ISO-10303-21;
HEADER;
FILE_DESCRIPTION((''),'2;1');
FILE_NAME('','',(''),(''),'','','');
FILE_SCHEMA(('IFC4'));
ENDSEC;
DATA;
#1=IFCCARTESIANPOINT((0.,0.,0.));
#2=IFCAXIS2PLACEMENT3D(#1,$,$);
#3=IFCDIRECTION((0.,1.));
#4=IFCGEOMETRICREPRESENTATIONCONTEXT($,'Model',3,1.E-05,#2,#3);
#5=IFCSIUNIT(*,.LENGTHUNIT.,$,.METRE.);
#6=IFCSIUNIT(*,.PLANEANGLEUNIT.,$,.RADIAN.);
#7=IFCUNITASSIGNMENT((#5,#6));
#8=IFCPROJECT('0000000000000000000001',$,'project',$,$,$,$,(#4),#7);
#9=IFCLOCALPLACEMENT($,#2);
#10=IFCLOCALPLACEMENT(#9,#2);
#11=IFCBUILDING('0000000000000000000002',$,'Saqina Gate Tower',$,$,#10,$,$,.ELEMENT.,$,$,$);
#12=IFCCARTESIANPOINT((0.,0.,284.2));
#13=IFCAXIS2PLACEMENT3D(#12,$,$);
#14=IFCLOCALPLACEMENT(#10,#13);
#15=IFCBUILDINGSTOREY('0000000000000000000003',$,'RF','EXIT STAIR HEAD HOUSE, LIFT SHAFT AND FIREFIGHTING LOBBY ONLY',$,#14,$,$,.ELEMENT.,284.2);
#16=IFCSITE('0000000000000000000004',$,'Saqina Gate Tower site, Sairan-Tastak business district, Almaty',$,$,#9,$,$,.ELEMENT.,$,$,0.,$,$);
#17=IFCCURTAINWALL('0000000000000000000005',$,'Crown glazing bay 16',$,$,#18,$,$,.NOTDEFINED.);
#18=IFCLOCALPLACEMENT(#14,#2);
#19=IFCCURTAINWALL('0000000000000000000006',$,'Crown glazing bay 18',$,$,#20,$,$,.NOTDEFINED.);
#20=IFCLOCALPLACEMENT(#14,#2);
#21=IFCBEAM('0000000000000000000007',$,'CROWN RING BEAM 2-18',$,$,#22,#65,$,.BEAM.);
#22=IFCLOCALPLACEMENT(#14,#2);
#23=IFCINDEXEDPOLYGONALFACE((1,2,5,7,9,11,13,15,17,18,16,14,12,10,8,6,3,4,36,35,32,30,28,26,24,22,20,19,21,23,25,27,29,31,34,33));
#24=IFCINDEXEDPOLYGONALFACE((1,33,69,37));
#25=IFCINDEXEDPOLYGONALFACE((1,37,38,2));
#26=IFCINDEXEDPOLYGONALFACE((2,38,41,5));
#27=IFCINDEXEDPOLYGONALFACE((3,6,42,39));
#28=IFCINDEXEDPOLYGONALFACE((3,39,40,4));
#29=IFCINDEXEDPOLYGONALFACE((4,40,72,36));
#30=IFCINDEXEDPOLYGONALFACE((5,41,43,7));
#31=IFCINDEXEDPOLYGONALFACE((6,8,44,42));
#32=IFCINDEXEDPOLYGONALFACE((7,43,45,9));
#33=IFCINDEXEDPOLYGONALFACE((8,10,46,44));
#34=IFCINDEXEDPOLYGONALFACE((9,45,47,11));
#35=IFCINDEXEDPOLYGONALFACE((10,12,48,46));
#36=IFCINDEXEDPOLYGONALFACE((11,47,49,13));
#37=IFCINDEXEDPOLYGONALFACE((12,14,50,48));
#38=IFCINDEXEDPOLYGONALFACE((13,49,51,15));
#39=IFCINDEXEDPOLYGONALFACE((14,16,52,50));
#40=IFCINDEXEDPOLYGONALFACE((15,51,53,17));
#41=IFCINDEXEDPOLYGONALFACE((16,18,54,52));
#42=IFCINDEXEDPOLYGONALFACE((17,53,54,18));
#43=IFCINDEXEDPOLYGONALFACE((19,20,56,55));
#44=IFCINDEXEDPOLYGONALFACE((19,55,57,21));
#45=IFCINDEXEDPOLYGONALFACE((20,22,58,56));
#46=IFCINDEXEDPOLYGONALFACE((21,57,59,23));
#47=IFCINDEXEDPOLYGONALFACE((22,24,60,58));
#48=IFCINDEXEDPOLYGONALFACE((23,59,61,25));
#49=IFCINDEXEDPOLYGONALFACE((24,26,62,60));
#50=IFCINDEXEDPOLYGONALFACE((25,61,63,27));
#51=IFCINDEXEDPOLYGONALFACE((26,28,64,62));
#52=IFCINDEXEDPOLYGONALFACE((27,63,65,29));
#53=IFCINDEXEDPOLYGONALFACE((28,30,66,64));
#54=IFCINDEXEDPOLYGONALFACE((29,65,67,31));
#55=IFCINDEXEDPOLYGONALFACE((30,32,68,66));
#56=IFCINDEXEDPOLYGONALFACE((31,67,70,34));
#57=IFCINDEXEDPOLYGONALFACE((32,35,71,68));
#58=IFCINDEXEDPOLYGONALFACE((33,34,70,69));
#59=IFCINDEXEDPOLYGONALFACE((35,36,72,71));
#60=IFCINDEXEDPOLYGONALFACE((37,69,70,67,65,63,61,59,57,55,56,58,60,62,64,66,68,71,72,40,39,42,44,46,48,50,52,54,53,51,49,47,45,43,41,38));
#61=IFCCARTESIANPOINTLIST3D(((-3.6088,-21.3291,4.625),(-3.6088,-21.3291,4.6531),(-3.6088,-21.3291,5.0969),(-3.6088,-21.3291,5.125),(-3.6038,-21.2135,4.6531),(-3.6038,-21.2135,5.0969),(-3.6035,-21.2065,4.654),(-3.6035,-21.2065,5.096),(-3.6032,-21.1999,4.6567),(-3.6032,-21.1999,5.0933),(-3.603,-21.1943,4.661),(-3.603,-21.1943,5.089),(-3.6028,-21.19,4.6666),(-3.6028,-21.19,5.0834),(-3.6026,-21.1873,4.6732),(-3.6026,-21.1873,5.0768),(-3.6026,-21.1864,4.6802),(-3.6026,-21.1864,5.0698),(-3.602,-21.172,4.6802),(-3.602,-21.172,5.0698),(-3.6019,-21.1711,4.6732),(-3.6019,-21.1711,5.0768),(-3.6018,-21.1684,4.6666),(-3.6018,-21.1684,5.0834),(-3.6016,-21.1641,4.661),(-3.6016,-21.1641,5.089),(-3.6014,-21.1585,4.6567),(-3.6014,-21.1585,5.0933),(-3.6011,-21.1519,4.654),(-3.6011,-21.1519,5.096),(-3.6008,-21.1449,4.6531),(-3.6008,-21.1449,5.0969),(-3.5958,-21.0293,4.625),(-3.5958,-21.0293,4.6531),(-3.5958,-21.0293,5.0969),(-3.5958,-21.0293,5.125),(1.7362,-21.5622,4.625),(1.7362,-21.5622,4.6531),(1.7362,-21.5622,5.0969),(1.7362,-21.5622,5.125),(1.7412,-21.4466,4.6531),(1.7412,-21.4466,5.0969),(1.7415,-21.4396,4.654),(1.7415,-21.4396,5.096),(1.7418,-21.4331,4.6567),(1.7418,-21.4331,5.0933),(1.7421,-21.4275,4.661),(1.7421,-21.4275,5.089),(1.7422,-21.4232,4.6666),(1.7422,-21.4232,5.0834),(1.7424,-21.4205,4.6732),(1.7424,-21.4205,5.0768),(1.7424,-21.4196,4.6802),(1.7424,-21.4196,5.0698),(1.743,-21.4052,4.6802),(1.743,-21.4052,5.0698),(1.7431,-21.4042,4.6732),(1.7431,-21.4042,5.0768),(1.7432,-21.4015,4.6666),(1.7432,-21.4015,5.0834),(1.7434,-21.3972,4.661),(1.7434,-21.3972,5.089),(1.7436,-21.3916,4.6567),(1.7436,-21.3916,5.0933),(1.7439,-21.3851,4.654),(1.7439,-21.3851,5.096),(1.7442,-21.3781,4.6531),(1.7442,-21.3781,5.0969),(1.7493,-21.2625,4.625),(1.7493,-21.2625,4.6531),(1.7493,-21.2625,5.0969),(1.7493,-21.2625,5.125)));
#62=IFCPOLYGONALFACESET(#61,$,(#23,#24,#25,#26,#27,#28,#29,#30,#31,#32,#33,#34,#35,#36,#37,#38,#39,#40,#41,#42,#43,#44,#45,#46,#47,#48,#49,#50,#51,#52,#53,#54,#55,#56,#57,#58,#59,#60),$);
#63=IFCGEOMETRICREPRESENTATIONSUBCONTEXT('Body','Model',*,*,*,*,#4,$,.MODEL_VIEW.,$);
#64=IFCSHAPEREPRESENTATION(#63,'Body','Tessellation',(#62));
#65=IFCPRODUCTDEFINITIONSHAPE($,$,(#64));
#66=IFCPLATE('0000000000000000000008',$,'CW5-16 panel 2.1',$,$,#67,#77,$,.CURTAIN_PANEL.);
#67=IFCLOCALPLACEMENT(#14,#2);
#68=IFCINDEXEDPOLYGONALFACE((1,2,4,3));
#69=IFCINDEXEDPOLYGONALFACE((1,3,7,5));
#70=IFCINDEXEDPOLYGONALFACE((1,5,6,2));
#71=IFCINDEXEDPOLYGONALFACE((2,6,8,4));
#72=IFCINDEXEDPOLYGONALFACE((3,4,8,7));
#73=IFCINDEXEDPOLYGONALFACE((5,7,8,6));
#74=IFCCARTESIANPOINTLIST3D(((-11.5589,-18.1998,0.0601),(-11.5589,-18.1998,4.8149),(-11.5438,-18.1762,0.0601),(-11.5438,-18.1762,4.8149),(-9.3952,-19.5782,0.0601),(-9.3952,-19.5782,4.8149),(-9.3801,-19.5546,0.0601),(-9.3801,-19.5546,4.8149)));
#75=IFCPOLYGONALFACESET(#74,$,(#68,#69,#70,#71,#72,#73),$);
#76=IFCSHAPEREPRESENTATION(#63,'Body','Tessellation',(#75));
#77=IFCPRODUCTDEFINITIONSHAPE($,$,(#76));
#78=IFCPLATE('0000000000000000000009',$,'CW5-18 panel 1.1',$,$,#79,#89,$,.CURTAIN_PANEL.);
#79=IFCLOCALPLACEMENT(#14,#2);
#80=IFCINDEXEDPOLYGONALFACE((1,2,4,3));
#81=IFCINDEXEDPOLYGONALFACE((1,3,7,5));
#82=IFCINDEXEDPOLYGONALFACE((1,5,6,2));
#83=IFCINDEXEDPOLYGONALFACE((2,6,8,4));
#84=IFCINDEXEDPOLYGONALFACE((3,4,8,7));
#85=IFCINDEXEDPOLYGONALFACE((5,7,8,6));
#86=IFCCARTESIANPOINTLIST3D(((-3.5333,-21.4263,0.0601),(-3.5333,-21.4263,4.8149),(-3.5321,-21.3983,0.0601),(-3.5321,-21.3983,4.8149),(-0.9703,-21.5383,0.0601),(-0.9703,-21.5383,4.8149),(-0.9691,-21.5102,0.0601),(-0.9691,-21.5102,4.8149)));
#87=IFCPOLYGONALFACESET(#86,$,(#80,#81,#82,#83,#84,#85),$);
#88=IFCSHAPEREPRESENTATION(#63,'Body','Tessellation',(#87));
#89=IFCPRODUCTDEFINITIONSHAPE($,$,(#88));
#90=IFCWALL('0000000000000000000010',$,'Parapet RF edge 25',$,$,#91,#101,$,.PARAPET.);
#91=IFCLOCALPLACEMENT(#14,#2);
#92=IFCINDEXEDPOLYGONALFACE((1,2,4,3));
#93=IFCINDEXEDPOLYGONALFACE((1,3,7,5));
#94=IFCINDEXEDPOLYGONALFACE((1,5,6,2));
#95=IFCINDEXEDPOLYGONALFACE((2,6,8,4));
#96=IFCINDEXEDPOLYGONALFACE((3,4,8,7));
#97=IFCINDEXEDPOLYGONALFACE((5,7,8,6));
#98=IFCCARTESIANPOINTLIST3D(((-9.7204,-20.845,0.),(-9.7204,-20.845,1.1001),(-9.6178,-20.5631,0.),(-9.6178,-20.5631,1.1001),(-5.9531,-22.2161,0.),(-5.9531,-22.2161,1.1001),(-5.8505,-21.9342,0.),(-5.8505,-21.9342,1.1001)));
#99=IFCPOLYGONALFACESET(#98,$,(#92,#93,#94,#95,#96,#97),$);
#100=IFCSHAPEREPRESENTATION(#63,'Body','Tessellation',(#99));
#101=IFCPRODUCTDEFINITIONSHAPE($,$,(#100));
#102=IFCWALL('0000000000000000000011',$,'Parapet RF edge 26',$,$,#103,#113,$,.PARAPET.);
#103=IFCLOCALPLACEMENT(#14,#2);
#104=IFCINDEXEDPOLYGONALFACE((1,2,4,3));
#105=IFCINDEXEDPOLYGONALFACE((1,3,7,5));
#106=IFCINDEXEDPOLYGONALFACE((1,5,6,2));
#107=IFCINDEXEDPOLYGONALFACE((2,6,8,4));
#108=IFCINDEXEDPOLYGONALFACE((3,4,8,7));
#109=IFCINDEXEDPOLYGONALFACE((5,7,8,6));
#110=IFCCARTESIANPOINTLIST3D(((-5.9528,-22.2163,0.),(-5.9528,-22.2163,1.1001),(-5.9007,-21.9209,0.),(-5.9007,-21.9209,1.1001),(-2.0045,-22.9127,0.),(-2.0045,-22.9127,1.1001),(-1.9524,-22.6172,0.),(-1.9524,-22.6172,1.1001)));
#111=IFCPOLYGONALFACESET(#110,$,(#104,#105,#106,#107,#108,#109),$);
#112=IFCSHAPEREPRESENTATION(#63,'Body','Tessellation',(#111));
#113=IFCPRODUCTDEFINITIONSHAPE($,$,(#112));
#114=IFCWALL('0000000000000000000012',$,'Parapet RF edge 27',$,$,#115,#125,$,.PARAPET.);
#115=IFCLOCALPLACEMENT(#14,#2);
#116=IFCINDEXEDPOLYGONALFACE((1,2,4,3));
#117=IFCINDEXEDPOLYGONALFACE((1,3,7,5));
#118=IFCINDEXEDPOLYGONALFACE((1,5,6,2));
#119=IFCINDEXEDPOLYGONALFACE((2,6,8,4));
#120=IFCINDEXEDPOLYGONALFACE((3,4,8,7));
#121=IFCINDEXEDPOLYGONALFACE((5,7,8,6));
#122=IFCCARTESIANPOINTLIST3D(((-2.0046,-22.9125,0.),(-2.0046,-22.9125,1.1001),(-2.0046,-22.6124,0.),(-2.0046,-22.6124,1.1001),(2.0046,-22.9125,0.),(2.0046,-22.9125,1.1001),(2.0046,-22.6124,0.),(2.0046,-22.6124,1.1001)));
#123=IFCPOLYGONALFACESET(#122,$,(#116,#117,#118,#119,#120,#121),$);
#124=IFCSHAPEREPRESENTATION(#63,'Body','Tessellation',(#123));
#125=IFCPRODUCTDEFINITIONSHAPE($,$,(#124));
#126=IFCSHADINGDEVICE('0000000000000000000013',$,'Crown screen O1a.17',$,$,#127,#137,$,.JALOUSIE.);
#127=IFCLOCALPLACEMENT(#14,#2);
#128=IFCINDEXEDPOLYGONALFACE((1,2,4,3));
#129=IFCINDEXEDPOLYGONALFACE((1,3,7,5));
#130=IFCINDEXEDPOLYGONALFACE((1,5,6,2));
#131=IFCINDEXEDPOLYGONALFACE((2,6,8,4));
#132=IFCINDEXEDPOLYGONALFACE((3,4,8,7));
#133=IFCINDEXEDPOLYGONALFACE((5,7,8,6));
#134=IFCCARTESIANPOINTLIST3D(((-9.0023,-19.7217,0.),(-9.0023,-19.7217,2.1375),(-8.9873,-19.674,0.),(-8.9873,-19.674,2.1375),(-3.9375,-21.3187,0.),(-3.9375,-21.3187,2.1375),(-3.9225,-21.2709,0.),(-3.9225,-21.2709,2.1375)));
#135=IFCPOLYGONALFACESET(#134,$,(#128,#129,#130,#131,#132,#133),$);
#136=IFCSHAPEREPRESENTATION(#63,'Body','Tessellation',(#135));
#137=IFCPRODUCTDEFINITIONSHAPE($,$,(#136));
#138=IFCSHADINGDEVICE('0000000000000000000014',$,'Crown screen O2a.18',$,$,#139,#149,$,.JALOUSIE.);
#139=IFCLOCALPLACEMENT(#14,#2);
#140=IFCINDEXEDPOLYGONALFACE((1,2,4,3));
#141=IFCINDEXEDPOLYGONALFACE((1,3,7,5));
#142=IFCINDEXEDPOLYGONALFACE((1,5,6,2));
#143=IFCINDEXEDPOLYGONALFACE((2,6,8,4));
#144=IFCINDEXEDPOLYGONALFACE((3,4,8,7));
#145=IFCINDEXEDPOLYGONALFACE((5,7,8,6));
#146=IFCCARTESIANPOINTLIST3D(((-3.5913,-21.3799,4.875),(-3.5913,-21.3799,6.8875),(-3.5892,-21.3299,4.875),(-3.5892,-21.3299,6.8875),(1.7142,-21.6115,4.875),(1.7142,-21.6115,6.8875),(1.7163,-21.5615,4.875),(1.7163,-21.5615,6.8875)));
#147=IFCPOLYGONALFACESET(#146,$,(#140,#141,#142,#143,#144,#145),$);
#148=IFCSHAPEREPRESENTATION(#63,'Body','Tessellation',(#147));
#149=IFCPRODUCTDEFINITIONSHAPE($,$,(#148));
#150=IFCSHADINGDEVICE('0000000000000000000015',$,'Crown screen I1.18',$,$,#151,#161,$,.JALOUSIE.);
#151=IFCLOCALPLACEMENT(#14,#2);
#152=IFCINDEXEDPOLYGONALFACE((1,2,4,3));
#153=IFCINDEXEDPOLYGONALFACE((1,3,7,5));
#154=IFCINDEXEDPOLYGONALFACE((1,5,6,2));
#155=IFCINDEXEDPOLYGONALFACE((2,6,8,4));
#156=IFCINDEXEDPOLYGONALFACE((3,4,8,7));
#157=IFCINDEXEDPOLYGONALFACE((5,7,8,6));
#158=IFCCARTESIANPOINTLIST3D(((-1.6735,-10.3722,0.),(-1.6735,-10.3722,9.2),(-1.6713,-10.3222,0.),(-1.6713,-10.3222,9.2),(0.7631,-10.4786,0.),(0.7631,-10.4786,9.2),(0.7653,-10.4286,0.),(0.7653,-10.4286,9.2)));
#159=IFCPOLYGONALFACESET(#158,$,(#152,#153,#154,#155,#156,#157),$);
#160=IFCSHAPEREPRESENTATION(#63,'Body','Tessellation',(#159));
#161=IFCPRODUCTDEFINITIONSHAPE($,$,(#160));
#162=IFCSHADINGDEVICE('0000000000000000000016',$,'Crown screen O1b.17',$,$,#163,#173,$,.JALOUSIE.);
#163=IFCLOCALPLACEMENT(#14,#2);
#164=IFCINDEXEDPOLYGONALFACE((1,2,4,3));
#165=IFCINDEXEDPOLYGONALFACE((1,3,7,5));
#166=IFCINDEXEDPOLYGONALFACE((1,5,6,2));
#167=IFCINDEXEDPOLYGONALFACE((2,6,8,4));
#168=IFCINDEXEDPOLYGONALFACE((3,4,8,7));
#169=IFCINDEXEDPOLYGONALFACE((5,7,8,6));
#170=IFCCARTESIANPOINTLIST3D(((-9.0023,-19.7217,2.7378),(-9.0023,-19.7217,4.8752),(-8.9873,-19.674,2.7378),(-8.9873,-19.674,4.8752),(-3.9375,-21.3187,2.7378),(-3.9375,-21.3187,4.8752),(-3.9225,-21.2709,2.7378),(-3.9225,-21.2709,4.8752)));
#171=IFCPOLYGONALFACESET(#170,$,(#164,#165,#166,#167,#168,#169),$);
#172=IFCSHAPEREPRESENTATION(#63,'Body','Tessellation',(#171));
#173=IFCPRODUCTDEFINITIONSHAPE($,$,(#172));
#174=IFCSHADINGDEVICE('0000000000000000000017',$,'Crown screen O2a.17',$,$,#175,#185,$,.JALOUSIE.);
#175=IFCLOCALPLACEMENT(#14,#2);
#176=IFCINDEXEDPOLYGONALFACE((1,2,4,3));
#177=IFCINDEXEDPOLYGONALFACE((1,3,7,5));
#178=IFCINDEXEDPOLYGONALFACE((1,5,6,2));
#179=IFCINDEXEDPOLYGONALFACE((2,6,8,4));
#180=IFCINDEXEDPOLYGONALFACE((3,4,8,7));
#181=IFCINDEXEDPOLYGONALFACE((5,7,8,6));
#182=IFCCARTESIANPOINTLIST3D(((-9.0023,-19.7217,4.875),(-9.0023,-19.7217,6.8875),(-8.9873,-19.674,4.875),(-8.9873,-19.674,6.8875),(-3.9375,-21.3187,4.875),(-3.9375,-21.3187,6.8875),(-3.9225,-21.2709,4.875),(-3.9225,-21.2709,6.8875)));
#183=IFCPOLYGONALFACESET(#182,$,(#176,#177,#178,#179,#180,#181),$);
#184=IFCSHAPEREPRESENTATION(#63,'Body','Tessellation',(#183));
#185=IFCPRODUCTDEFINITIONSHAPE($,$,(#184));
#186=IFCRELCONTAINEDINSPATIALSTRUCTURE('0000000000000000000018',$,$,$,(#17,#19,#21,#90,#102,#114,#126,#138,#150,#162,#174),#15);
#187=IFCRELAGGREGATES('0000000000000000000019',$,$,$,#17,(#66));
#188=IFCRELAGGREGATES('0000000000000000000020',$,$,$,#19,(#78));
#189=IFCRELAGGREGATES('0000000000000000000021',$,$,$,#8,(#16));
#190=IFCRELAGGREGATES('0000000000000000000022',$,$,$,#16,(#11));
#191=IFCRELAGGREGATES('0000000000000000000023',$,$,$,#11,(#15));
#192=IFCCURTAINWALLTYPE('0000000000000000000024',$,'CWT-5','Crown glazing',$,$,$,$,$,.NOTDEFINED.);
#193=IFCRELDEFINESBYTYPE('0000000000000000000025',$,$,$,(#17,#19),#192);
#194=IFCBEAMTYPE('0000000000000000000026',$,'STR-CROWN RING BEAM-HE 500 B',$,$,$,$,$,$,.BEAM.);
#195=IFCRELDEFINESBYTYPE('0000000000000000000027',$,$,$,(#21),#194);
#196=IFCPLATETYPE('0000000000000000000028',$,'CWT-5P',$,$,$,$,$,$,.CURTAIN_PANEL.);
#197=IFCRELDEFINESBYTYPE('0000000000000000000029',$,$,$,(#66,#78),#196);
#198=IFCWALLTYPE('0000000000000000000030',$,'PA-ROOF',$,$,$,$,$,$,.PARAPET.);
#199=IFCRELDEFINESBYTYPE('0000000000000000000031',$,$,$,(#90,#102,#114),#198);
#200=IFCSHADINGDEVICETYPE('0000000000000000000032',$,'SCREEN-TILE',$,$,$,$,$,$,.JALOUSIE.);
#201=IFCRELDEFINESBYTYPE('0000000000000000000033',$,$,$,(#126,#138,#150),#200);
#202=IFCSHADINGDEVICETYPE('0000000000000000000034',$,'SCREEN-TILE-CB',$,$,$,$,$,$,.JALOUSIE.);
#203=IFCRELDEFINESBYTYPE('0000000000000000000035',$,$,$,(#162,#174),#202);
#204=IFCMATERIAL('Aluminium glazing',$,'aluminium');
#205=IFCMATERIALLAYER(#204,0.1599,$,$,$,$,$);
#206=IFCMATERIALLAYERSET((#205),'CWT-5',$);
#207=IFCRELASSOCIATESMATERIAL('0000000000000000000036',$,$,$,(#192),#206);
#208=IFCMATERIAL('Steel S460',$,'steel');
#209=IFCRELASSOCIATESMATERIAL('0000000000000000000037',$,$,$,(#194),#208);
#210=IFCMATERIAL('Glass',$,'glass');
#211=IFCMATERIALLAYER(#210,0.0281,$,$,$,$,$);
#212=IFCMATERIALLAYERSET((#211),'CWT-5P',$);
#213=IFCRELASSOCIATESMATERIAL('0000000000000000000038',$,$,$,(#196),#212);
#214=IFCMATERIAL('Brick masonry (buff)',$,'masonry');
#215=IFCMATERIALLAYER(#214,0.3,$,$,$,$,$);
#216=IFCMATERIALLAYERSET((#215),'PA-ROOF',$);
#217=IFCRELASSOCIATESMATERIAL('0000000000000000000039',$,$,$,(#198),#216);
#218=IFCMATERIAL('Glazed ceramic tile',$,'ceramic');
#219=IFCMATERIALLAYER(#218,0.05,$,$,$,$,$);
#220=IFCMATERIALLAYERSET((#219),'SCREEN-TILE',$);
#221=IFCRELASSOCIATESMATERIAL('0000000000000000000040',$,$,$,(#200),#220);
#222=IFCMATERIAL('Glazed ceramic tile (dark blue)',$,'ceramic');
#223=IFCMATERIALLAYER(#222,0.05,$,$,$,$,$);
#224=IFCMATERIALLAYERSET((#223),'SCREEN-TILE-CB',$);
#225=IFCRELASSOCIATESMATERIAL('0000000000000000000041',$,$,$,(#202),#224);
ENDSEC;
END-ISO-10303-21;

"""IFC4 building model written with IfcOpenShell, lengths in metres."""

from ifc_helpers import new_model, si_unit, direction, frame, frame_2d, origin, origin_2d, place, context, subcontext, project, spatial, rectangle, i_section, extrude, material, layer, layer_set, material_profile, profile_set, type_object, element, aggregate, save


model = new_model("IFC4")

# Units and contexts
model_context = context("Model", 3, precision=1e-05, world=origin(), true_north=direction((0.0, 1.0)))
body_context = subcontext(model_context, "Body", "Model", "MODEL_VIEW")
ifc_project = project(units=[si_unit("LENGTHUNIT", "METRE"), si_unit("PLANEANGLEUNIT", "RADIAN")], contexts=[model_context])

# Site, building, storey
site_placement = place(None, origin())
site = spatial("IfcSite", under=ifc_project, at=site_placement, Name="Saqina Gate Tower site, Sairan-Tastak business district, Almaty", CompositionType="ELEMENT", RefElevation=0.0)
building_placement = place(site_placement, origin())
building = spatial("IfcBuilding", under=site, at=building_placement, Name="Saqina Gate Tower", CompositionType="ELEMENT")
storey_placement = place(building_placement, frame((0.0, 0.0, 284.2)))
storey = spatial("IfcBuildingStorey", under=building, at=storey_placement, Name="RF", Description="EXIT STAIR HEAD HOUSE, LIFT SHAFT AND FIREFIGHTING LOBBY ONLY", CompositionType="ELEMENT", Elevation=284.2)

# Curtain wall
ifc_material_1 = material(Name="Aluminium glazing", Category="aluminium")
ifc_layer_1 = layer(ifc_material_1, 0.1599)
ifc_layer_set_1 = layer_set([ifc_layer_1], Name="CWT-5")
curtain_wall_type = type_object("IfcCurtainWallType", Name="CWT-5", Description="Crown glazing", PredefinedType="NOTDEFINED", material=ifc_layer_set_1)
curtain_wall_1_placement = place(storey_placement, origin())
curtain_wall_1 = element("IfcCurtainWall", 1, at=curtain_wall_1_placement, inside=storey, type_object=curtain_wall_type, Name="Crown glazing bay 16", PredefinedType="NOTDEFINED")

# Curtain wall
curtain_wall_2_placement = place(storey_placement, origin())
curtain_wall_2 = element("IfcCurtainWall", 2, at=curtain_wall_2_placement, inside=storey, type_object=curtain_wall_type, Name="Crown glazing bay 18", PredefinedType="NOTDEFINED")

# Beam
ifc_material_2 = material(Name="Steel S460", Category="steel")
ifc_material_profile_1 = material_profile(ifc_material_2, i_section(OverallWidth=0.3, OverallDepth=0.5, WebThickness=0.0144, FlangeThickness=0.0281, FilletRadius=0.0271, at=origin_2d()), Name="HE 500 B")
ifc_profile_set_1 = profile_set([ifc_material_profile_1], Name="Steel S460")
beam_type = type_object("IfcBeamType", Name="STR-CROWN RING BEAM-HE 500 B", PredefinedType="BEAM", material=ifc_profile_set_1)
for number, where, z_axis, x_axis, name in (
    (3, (-3.6023, -21.1792, 4.875), (0.99905, -0.04358, 0.0), (0.04358, 0.99905, 0.0), "CROWN RING BEAM 2-18"),
):
    element("IfcBeam", number, at=place(storey_placement, frame(where, z_axis=z_axis, x_axis=x_axis)), inside=storey, type_object=beam_type, Name=name, PredefinedType="BEAM", context=body_context, shape_type="SweptSolid", body=[
        extrude(i_section(OverallWidth=0.3, OverallDepth=0.5, WebThickness=0.0144, FlangeThickness=0.0281, FilletRadius=0.0271, at=origin_2d()), origin(), (0.0, 0.0, 1.0), 5.3501),
    ])

# Plates
ifc_material_3 = material(Name="Glass", Category="glass")
ifc_layer_2 = layer(ifc_material_3, 0.0281)
ifc_layer_set_2 = layer_set([ifc_layer_2], Name="CWT-5P")
plate_type = type_object("IfcPlateType", Name="CWT-5P", PredefinedType="CURTAIN_PANEL", material=ifc_layer_set_2)
plate_1_placement = place(storey_placement, frame((-10.4695, -18.8772, 0.0601), z_axis=(0.0, 0.0, 1.0), x_axis=(0.843395, -0.537295, 0.0)))
plate_1 = element("IfcPlate", 4, at=plate_1_placement, type_object=plate_type, Name="CW5-16 panel 2.1", PredefinedType="CURTAIN_PANEL", context=body_context, shape_type="SweptSolid", body=[
    extrude(rectangle(XDim=2.5654, YDim=0.0281, at=origin_2d()), origin(), (0.0, 0.0, 1.0), 4.7549),
])
aggregate(curtain_wall_1, [plate_1])
plate_2_placement = place(storey_placement, frame((-2.2512, -21.4683, 0.0601), z_axis=(0.0, 0.0, 1.0), x_axis=(0.999048, -0.043629, 0.0)))
plate_2 = element("IfcPlate", 5, at=plate_2_placement, type_object=plate_type, Name="CW5-18 panel 1.1", PredefinedType="CURTAIN_PANEL", context=body_context, shape_type="SweptSolid", body=[
    extrude(rectangle(XDim=2.5654, YDim=0.0281, at=origin_2d()), origin(), (0.0, 0.0, 1.0), 4.7549),
])
aggregate(curtain_wall_2, [plate_2])

# Walls
ifc_material_4 = material(Name="Brick masonry (buff)", Category="masonry")
ifc_layer_3 = layer(ifc_material_4, 0.3)
ifc_layer_set_3 = layer_set([ifc_layer_3], Name="PA-ROOF")
wall_type = type_object("IfcWallType", Name="PA-ROOF", PredefinedType="PARAPET", material=ifc_layer_set_3)
wall_placement = place(storey_placement, frame((-9.6689, -20.7041, 0.0), z_axis=(0.0, 0.0, 1.0), x_axis=(0.939701, -0.341997, 0.0)))
element("IfcWall", 6, at=wall_placement, inside=storey, type_object=wall_type, Name="Parapet RF edge 25", PredefinedType="PARAPET", context=body_context, shape_type="SweptSolid", body=[
    extrude(rectangle(XDim=4.009, YDim=0.3, at=frame_2d((2.0044, 0.0))), origin(), (0.0, 0.0, 1.0), 1.1001),
])
for number, where, z_axis, x_axis, name in (
    (7, (-5.9268, -22.0686, 0.0), (0.0, 0.0, 1.0), (0.984803, -0.173674, 0.0), "Parapet RF edge 26"),
    (8, (-2.0046, -22.7625, 0.0), (0.0, 0.0, 1.0), (1.0, 0.0, 0.0), "Parapet RF edge 27"),
):
    element("IfcWall", number, at=place(storey_placement, frame(where, z_axis=z_axis, x_axis=x_axis)), inside=storey, type_object=wall_type, Name=name, PredefinedType="PARAPET", context=body_context, shape_type="SweptSolid", body=[
        extrude(rectangle(XDim=4.0093, YDim=0.3, at=frame_2d((2.0046, 0.0))), origin(), (0.0, 0.0, 1.0), 1.1001),
    ])

# Shading devices
ifc_material_5 = material(Name="Glazed ceramic tile", Category="ceramic")
ifc_layer_4 = layer(ifc_material_5, 0.05)
ifc_layer_set_4 = layer_set([ifc_layer_4], Name="SCREEN-TILE")
shading_device_type_1 = type_object("IfcShadingDeviceType", Name="SCREEN-TILE", PredefinedType="JALOUSIE", material=ifc_layer_set_4)
shading_device_1_placement = place(storey_placement, frame((-6.4624, -20.4963, 0.0), z_axis=(0.0, 0.0, 1.0), x_axis=(0.953717, -0.300706, 0.0)))
element("IfcShadingDevice", 9, at=shading_device_1_placement, inside=storey, type_object=shading_device_type_1, Name="Crown screen O1a.17", PredefinedType="JALOUSIE", context=body_context, shape_type="SweptSolid", body=[
    extrude(rectangle(XDim=5.3105, YDim=0.05, at=origin_2d()), origin(), (0.0, 0.0, 1.0), 2.1375),
])
shading_device_2_placement = place(storey_placement, frame((-0.9375, -21.4707, 4.875), z_axis=(0.0, 0.0, 1.0), x_axis=(0.999048, -0.043619, 0.0)))
element("IfcShadingDevice", 10, at=shading_device_2_placement, inside=storey, type_object=shading_device_type_1, Name="Crown screen O2a.18", PredefinedType="JALOUSIE", context=body_context, shape_type="SweptSolid", body=[
    extrude(rectangle(XDim=5.3105, YDim=0.05, at=origin_2d()), origin(), (0.0, 0.0, 1.0), 2.0125),
])
shading_device_3_placement = place(storey_placement, frame((-0.4541, -10.4004, 0.0), z_axis=(0.0, 0.0, 1.0), x_axis=(0.999048, -0.043619, 0.0)))
element("IfcShadingDevice", 11, at=shading_device_3_placement, inside=storey, type_object=shading_device_type_1, Name="Crown screen I1.18", PredefinedType="JALOUSIE", context=body_context, shape_type="SweptSolid", body=[
    extrude(rectangle(XDim=2.439, YDim=0.05, at=origin_2d()), origin(), (0.0, 0.0, 1.0), 9.2),
])
ifc_material_6 = material(Name="Glazed ceramic tile (dark blue)", Category="ceramic")
ifc_layer_5 = layer(ifc_material_6, 0.05)
ifc_layer_set_5 = layer_set([ifc_layer_5], Name="SCREEN-TILE-CB")
shading_device_type_2 = type_object("IfcShadingDeviceType", Name="SCREEN-TILE-CB", PredefinedType="JALOUSIE", material=ifc_layer_set_5)
shading_device_4_placement = place(storey_placement, frame((-6.4624, -20.4963, 2.7378), z_axis=(0.0, 0.0, 1.0), x_axis=(0.953717, -0.300706, 0.0)))
element("IfcShadingDevice", 12, at=shading_device_4_placement, inside=storey, type_object=shading_device_type_2, Name="Crown screen O1b.17", PredefinedType="JALOUSIE", context=body_context, shape_type="SweptSolid", body=[
    extrude(rectangle(XDim=5.3105, YDim=0.05, at=origin_2d()), origin(), (0.0, 0.0, 1.0), 2.1375),
])
shading_device_5_placement = place(storey_placement, frame((-6.4624, -20.4963, 4.875), z_axis=(0.0, 0.0, 1.0), x_axis=(0.953717, -0.300706, 0.0)))
element("IfcShadingDevice", 13, at=shading_device_5_placement, inside=storey, type_object=shading_device_type_2, Name="Crown screen O2a.17", PredefinedType="JALOUSIE", context=body_context, shape_type="SweptSolid", body=[
    extrude(rectangle(XDim=5.3105, YDim=0.05, at=origin_2d()), origin(), (0.0, 0.0, 1.0), 2.0125),
])

save(model, "model.ifc")
